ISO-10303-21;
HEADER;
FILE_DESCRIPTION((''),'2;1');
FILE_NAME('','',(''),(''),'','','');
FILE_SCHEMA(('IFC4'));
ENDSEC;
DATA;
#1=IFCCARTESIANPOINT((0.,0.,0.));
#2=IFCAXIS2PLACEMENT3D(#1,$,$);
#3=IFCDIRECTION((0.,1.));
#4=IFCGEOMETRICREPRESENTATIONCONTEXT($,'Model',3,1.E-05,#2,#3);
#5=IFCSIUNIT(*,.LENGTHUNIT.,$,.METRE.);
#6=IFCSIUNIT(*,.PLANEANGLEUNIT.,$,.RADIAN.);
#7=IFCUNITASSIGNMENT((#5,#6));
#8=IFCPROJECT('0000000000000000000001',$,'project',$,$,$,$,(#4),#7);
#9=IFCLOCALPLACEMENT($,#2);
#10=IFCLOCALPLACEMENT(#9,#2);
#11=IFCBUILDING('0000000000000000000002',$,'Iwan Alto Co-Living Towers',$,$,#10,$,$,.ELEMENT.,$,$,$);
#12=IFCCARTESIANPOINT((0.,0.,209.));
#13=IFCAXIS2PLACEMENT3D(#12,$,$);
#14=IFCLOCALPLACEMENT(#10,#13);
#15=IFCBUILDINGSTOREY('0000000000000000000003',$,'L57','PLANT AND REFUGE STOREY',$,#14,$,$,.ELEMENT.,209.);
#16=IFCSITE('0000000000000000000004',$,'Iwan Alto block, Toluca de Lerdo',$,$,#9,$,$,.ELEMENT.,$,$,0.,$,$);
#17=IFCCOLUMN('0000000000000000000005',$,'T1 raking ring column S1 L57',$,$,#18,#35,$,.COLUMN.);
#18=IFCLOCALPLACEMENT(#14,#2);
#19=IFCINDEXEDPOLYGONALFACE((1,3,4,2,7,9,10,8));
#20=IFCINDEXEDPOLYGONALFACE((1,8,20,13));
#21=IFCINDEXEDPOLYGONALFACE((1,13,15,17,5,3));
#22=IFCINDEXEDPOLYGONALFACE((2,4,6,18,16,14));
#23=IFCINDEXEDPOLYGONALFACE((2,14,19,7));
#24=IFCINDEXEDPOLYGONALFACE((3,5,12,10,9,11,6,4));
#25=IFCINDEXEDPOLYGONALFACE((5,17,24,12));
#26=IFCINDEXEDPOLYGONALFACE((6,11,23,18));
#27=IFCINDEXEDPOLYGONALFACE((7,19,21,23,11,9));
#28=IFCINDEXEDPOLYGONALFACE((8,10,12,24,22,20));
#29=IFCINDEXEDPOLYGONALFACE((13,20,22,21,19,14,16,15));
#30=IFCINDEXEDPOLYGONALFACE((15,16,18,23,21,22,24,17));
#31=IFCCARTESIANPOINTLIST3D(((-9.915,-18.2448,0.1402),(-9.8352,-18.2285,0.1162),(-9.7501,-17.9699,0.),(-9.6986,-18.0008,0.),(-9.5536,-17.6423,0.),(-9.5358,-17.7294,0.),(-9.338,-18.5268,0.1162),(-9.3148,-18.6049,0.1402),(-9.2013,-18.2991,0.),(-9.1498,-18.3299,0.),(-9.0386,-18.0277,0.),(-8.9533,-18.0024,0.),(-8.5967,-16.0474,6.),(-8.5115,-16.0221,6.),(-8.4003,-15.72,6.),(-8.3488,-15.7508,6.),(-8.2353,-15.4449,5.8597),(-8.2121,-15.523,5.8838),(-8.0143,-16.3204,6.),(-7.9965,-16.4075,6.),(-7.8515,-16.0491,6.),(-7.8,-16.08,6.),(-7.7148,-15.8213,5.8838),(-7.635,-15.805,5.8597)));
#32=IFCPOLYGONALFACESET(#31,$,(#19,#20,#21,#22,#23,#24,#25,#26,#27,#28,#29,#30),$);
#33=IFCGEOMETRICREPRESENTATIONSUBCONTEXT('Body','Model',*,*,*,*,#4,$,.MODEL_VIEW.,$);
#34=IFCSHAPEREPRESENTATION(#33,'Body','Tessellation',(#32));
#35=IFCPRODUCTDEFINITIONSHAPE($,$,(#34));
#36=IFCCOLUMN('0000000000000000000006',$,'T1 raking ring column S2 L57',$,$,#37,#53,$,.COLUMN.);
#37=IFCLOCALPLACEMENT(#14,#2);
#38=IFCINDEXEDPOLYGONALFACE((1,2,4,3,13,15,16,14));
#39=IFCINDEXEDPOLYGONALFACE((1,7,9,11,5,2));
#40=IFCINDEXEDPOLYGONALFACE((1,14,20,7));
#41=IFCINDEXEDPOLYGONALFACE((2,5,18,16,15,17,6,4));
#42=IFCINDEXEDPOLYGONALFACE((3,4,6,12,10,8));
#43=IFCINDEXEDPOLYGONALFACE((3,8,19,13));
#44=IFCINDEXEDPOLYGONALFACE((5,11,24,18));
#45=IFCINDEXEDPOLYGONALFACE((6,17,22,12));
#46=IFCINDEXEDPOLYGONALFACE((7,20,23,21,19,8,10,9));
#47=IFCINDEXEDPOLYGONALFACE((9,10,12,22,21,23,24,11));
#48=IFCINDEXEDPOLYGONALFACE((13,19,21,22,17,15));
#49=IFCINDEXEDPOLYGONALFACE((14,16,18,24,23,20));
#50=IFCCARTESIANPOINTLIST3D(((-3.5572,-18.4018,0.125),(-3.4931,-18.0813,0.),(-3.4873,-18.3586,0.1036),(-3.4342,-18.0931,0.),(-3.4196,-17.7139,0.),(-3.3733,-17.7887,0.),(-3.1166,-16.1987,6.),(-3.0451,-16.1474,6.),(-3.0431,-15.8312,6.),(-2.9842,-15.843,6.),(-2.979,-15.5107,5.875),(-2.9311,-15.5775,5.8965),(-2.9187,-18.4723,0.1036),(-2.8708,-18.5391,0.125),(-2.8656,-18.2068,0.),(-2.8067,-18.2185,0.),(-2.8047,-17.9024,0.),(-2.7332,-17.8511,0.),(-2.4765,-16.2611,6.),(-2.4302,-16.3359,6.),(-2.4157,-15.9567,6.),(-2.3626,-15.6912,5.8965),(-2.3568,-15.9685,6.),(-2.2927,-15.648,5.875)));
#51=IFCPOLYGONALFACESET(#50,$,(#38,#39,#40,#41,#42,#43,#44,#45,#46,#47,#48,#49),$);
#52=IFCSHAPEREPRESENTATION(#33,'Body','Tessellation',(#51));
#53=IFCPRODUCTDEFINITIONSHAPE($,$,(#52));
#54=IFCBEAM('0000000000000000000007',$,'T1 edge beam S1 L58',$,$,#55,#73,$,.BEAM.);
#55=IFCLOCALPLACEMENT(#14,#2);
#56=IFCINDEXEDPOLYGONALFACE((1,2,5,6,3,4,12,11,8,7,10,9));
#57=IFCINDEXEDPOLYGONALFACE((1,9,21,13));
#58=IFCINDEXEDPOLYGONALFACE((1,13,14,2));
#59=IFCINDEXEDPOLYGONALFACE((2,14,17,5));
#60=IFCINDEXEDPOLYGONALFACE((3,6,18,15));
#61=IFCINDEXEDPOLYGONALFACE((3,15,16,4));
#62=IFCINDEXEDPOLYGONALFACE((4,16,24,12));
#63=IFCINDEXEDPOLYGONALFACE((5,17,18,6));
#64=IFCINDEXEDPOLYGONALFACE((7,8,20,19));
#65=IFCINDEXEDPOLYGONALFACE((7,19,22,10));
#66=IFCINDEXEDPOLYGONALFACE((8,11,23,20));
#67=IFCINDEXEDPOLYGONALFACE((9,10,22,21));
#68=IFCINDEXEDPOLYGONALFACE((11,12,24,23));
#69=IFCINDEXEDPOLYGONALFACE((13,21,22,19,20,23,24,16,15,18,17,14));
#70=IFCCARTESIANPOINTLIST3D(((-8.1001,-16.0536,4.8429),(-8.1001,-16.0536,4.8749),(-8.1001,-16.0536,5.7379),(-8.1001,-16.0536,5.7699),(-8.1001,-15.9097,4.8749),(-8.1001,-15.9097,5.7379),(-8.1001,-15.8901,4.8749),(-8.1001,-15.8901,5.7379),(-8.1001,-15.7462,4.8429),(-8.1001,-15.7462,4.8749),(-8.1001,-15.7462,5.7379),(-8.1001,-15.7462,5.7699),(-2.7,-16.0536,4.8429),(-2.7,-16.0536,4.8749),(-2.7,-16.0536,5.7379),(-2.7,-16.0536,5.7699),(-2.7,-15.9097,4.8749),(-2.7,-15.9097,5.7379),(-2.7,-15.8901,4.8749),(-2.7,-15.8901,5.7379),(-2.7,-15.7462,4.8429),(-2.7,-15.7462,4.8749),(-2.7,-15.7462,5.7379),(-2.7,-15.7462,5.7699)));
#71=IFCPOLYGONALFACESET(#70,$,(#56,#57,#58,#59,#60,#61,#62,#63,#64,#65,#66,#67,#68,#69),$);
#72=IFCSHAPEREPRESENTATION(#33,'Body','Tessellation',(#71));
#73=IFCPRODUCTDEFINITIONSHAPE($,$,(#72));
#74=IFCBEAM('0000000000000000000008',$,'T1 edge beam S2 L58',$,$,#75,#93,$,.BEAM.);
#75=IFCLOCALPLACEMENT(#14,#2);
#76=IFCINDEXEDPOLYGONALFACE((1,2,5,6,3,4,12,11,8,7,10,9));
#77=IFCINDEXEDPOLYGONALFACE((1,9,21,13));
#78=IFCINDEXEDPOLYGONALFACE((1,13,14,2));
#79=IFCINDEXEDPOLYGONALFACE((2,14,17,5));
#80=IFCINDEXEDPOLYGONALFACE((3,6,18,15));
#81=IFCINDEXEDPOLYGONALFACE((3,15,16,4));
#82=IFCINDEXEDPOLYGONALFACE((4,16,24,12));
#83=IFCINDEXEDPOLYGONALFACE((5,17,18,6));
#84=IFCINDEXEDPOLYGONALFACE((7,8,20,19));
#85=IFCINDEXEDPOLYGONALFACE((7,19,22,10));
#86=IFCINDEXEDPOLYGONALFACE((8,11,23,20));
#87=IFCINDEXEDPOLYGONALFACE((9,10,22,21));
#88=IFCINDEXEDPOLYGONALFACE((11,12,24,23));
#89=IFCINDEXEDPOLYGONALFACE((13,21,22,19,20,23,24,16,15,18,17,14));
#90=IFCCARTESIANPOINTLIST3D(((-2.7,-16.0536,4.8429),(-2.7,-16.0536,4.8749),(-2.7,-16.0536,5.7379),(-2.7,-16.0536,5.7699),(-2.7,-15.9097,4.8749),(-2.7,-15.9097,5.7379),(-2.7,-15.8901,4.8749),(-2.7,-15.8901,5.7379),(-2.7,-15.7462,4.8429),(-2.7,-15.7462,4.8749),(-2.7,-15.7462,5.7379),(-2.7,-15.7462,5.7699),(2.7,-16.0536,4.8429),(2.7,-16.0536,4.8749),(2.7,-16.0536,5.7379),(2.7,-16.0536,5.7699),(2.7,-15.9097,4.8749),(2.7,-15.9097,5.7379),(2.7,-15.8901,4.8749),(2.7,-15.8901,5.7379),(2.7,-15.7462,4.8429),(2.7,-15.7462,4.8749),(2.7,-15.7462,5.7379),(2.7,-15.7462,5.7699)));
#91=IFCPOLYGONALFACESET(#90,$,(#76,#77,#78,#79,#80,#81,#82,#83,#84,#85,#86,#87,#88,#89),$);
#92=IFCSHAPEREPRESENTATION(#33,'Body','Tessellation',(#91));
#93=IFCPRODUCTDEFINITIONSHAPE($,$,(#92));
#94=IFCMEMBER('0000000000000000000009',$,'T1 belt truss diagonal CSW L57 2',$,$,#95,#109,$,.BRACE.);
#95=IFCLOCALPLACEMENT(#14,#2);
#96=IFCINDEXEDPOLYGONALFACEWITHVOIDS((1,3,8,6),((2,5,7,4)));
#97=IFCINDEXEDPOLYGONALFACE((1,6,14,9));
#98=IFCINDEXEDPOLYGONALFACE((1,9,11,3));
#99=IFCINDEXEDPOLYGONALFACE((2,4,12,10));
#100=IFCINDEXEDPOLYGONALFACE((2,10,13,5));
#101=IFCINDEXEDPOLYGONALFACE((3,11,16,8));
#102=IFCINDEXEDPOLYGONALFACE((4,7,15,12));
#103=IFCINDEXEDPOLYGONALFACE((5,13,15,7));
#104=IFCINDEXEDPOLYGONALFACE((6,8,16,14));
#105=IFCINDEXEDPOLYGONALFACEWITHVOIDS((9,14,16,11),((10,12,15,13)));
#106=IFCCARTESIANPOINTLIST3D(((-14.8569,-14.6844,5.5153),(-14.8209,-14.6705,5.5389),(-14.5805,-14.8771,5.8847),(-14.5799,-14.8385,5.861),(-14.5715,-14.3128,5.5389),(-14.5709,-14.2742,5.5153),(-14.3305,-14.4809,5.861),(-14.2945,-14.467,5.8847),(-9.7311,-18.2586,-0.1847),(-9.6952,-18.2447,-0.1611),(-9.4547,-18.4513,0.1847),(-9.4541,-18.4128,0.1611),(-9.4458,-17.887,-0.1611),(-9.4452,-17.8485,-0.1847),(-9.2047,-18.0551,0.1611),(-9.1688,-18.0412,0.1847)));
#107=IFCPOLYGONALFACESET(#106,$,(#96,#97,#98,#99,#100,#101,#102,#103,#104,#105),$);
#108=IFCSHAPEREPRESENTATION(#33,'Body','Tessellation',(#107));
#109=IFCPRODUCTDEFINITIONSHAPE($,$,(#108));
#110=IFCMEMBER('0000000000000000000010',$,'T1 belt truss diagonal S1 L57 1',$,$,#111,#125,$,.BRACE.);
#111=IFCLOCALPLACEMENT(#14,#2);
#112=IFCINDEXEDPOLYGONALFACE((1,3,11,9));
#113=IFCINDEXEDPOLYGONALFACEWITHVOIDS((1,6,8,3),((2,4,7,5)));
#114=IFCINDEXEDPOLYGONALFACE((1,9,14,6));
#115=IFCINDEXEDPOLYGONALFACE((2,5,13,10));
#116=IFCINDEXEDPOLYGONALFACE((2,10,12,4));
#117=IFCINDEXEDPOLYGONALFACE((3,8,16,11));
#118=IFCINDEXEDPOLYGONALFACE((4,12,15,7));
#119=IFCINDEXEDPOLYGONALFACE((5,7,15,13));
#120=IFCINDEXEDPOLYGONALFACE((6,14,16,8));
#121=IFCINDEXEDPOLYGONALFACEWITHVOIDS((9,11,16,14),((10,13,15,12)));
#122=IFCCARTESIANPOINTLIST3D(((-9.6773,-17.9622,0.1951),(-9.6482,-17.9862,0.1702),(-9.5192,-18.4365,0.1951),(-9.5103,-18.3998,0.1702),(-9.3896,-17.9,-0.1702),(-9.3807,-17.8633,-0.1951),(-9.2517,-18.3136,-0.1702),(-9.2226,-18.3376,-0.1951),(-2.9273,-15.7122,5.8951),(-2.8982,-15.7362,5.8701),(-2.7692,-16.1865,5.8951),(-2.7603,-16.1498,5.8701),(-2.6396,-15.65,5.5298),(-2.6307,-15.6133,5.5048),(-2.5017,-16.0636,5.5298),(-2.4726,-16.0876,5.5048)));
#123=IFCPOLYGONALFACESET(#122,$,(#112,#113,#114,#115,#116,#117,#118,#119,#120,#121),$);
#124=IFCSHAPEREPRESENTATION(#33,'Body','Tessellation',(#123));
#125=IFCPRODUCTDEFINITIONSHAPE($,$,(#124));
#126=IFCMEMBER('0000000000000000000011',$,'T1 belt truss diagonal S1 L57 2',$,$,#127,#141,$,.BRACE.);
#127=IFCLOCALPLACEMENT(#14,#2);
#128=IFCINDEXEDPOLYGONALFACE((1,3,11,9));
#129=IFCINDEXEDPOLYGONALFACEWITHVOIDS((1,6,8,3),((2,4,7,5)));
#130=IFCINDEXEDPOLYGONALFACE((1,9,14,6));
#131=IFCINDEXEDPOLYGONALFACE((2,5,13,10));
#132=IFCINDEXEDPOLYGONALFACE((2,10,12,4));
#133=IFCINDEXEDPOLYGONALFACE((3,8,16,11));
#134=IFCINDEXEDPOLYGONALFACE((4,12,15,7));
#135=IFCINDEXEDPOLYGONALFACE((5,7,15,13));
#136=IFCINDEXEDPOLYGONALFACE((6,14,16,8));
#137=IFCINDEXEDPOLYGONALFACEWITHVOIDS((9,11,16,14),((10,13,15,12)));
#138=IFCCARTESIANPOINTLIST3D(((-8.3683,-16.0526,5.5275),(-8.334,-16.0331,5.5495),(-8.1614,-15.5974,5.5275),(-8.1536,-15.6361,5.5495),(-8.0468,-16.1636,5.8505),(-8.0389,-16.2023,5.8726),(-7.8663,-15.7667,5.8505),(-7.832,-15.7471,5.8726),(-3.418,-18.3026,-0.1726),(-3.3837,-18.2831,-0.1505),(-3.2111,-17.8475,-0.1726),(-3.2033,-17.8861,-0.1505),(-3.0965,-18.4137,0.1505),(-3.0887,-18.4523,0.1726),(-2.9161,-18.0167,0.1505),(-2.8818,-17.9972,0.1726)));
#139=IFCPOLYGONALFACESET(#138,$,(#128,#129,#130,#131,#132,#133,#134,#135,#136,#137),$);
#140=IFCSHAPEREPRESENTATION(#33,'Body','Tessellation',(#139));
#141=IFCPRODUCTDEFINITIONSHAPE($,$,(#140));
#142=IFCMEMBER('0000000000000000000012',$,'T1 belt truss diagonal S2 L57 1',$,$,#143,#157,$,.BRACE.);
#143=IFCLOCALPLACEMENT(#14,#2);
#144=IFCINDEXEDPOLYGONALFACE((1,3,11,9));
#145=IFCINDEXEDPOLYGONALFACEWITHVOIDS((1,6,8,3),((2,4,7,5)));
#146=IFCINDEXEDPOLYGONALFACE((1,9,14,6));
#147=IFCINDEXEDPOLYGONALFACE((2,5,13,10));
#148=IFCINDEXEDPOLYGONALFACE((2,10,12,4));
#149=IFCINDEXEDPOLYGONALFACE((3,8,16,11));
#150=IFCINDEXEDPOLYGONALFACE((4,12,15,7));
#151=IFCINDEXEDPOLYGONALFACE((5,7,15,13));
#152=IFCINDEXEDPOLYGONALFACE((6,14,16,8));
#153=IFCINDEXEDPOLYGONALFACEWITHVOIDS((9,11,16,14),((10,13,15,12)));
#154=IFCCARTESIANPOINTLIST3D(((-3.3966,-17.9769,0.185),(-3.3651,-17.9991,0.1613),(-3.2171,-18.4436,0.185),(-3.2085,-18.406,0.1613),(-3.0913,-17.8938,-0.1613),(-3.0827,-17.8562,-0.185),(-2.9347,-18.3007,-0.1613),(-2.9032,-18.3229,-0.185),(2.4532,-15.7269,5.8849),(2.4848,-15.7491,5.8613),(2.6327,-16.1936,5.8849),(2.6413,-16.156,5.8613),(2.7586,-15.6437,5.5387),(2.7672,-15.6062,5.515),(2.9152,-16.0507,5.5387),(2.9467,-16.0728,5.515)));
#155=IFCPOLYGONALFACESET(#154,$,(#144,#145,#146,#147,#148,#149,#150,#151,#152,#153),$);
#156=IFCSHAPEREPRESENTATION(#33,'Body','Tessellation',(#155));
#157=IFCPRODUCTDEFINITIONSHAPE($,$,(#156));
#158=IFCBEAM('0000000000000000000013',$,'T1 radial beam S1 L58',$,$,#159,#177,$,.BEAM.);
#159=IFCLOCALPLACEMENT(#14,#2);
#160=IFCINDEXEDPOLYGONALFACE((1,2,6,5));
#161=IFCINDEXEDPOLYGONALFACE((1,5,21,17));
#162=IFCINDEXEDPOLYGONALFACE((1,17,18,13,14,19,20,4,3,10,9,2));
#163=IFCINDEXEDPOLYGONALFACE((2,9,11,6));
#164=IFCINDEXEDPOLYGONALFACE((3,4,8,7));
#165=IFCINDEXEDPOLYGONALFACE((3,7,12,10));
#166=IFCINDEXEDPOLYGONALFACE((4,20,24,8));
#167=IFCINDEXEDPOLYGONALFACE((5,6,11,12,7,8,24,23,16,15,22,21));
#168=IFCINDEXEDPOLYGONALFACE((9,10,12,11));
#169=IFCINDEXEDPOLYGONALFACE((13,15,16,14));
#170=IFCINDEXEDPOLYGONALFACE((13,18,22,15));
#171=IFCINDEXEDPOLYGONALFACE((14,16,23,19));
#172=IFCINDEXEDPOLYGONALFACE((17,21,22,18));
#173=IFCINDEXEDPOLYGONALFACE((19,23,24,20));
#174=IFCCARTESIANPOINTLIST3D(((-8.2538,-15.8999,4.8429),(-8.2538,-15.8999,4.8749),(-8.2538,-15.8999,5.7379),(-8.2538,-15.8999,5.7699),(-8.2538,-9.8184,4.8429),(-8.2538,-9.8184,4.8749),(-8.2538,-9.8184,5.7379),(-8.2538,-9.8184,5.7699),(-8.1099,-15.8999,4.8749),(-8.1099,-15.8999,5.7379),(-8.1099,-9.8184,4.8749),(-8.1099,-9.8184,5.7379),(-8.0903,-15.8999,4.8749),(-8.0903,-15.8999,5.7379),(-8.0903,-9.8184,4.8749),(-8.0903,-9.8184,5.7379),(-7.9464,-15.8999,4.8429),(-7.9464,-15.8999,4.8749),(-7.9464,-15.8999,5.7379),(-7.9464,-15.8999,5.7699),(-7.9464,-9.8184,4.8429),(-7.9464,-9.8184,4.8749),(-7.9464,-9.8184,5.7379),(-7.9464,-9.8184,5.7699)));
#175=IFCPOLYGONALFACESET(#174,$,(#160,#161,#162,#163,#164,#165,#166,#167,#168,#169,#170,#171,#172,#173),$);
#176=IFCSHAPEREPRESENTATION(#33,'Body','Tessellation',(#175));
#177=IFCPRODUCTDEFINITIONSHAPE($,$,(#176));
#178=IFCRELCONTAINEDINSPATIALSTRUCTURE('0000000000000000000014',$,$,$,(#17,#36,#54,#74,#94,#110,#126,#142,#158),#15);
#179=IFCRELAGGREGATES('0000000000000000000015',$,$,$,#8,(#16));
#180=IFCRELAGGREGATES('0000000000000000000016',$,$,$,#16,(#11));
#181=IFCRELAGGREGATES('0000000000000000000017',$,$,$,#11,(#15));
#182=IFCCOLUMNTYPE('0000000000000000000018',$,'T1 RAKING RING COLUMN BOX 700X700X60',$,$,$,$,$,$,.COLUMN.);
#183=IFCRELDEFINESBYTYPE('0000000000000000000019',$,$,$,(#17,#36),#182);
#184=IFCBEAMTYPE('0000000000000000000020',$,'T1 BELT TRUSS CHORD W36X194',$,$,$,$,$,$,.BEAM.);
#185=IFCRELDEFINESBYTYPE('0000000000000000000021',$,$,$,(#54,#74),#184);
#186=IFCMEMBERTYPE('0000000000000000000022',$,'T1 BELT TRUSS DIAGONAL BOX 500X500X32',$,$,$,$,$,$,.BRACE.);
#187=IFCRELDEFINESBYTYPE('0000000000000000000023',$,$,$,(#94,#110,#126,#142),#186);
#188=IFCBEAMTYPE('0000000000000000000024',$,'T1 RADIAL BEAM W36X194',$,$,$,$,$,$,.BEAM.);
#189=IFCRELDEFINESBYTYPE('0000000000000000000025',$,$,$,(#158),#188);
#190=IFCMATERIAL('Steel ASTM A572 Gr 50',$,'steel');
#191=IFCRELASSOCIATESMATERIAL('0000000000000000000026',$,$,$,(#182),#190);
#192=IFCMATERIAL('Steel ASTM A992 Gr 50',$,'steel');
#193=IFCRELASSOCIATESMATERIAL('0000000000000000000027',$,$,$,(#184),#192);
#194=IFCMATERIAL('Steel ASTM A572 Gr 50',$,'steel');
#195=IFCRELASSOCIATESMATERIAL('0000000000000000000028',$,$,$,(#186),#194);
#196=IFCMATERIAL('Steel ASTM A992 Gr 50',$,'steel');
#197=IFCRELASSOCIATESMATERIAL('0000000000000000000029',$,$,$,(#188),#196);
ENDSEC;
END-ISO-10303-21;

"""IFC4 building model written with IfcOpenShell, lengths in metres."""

from ifc_helpers import new_model, si_unit, direction, frame, origin, origin_2d, place, context, subcontext, project, spatial, hollow_rectangle, i_section, extrude, clip, halfspace, material, material_profile, profile_set, type_object, element, save


model = new_model("IFC4")

# Units and contexts
model_context = context("Model", 3, precision=1e-05, world=origin(), true_north=direction((0.0, 1.0)))
body_context = subcontext(model_context, "Body", "Model", "MODEL_VIEW")
ifc_project = project(units=[si_unit("LENGTHUNIT", "METRE"), si_unit("PLANEANGLEUNIT", "RADIAN")], contexts=[model_context])

# Site, building, storey
site_placement = place(None, origin())
site = spatial("IfcSite", under=ifc_project, at=site_placement, Name="Iwan Alto block, Toluca de Lerdo", CompositionType="ELEMENT", RefElevation=0.0)
building_placement = place(site_placement, origin())
building = spatial("IfcBuilding", under=site, at=building_placement, Name="Iwan Alto Co-Living Towers", CompositionType="ELEMENT")
storey_placement = place(building_placement, frame((0.0, 0.0, 209.0)))
storey = spatial("IfcBuildingStorey", under=building, at=storey_placement, Name="L57", Description="PLANT AND REFUGE STOREY", CompositionType="ELEMENT", Elevation=209.0)

# Columns
ifc_material_1 = material(Name="Steel ASTM A572 Gr 50", Category="steel")
ifc_material_profile_1 = material_profile(ifc_material_1, hollow_rectangle(XDim=0.7, YDim=0.7, WallThickness=0.0601, at=origin_2d()), Name="BOX 700X700X60")
ifc_profile_set_1 = profile_set([ifc_material_profile_1], Name="Steel ASTM A572 Gr 50")
column_type = type_object("IfcColumnType", Name="T1 RAKING RING COLUMN BOX 700X700X60", PredefinedType="COLUMN", material=ifc_profile_set_1)
column_1_placement = place(storey_placement, frame((-9.45, -18.1499, 0.0), z_axis=(0.206128, 0.343583, 0.916222), x_axis=(-0.857518, 0.514455, 0.0)))
element("IfcColumn", 1, at=column_1_placement, inside=storey, type_object=column_type, Name="T1 raking ring column S1 L57", PredefinedType="COLUMN", context=body_context, shape_type="Clipping", body=[
    clip(clip(extrude(hollow_rectangle(XDim=0.7, YDim=0.7, WallThickness=0.0601, at=origin_2d()), origin(), (0.0, 0.0, 1.0), 6.5486), halfspace(frame((0.0, 0.0, 0.0), z_axis=(0.0, -0.400672, -0.916222), x_axis=(-0.857518, -0.471355, 0.206128)), False)), halfspace(frame((0.0, 2.4041, 5.4973), z_axis=(0.0, 0.400672, 0.916222), x_axis=(-0.857518, -0.471355, 0.206128)), False)),
])
column_2_placement = place(storey_placement, frame((-3.1499, -18.1499, 0.0), z_axis=(0.070045, 0.350261, 0.934029), x_axis=(-0.980585, 0.196096, 0.0)))
element("IfcColumn", 2, at=column_2_placement, inside=storey, type_object=column_type, Name="T1 raking ring column S2 L57", PredefinedType="COLUMN", context=body_context, shape_type="Clipping", body=[
    clip(clip(extrude(hollow_rectangle(XDim=0.7, YDim=0.7, WallThickness=0.0601, at=origin_2d()), origin(), (0.0, 0.0, 1.0), 6.4238), halfspace(frame((0.0, 0.0, 0.0), z_axis=(0.0, -0.357196, -0.934029), x_axis=(-0.980585, -0.183159, 0.070045)), False)), halfspace(frame((0.0, 2.1431, 5.6042), z_axis=(0.0, 0.357196, 0.934029), x_axis=(-0.980585, -0.183159, 0.070045)), False)),
])

# Beams
ifc_material_2 = material(Name="Steel ASTM A992 Gr 50", Category="steel")
ifc_material_profile_2 = material_profile(ifc_material_2, i_section(OverallWidth=0.3074, OverallDepth=0.927, WebThickness=0.0195, FlangeThickness=0.032, at=origin_2d()), Name="W36X194")
ifc_profile_set_2 = profile_set([ifc_material_profile_2], Name="Steel ASTM A992 Gr 50")
beam_type_1 = type_object("IfcBeamType", Name="T1 BELT TRUSS CHORD W36X194", PredefinedType="BEAM", material=ifc_profile_set_2)
beam_1_placement = place(storey_placement, frame((-8.1001, -15.8999, 5.3064), z_axis=(1.0, 0.0, 0.0), x_axis=(0.0, 1.0, 0.0)))
element("IfcBeam", 3, at=beam_1_placement, inside=storey, type_object=beam_type_1, Name="T1 edge beam S1 L58", PredefinedType="BEAM", context=body_context, shape_type="SweptSolid", body=[
    extrude(i_section(OverallWidth=0.3074, OverallDepth=0.927, WebThickness=0.0195, FlangeThickness=0.032, at=origin_2d()), origin(), (0.0, 0.0, 1.0), 5.4001),
])
beam_2_placement = place(storey_placement, frame((-2.7, -15.8999, 5.3064), z_axis=(1.0, 0.0, 0.0), x_axis=(0.0, 1.0, 0.0)))
element("IfcBeam", 4, at=beam_2_placement, inside=storey, type_object=beam_type_1, Name="T1 edge beam S2 L58", PredefinedType="BEAM", context=body_context, shape_type="SweptSolid", body=[
    extrude(i_section(OverallWidth=0.3074, OverallDepth=0.927, WebThickness=0.0195, FlangeThickness=0.032, at=origin_2d()), origin(), (0.0, 0.0, 1.0), 5.3999),
])

# Members
ifc_material_3 = material(Name="Steel ASTM A572 Gr 50", Category="steel")
ifc_material_profile_3 = material_profile(ifc_material_3, hollow_rectangle(XDim=0.5, YDim=0.5, WallThickness=0.032, at=origin_2d()), Name="BOX 500X500X32")
ifc_profile_set_3 = profile_set([ifc_material_profile_3], Name="Steel ASTM A572 Gr 50")
member_type = type_object("IfcMemberType", Name="T1 BELT TRUSS DIAGONAL BOX 500X500X32", PredefinedType="BRACE", material=ifc_profile_set_3)
member_1_placement = place(storey_placement, frame((-9.45, -18.1499, 0.0), z_axis=(-0.606022, 0.422585, 0.673913), x_axis=(-0.57198, -0.820268, 0.0)))
element("IfcMember", 5, at=member_1_placement, inside=storey, type_object=member_type, Name="T1 belt truss diagonal CSW L57 2", PredefinedType="BRACE", context=body_context, shape_type="SweptSolid", body=[
    extrude(hollow_rectangle(XDim=0.5, YDim=0.5, WallThickness=0.032, at=origin_2d()), origin(), (0.0, 0.0, 1.0), 8.458),
])
member_2_placement = place(storey_placement, frame((-9.45, -18.1499, 0.0), z_axis=(0.740398, 0.246799, 0.62522), x_axis=(-0.316228, 0.948683, 0.0)))
element("IfcMember", 6, at=member_2_placement, inside=storey, type_object=member_type, Name="T1 belt truss diagonal S1 L57 1", PredefinedType="BRACE", context=body_context, shape_type="SweptSolid", body=[
    extrude(hollow_rectangle(XDim=0.5, YDim=0.5, WallThickness=0.032, at=origin_2d()), origin(), (0.0, 0.0, 1.0), 9.1167),
])
member_3_placement = place(storey_placement, frame((-3.1499, -18.1499, 0.0), z_axis=(-0.62839, 0.28562, 0.723566), x_axis=(-0.413789, -0.910373, 0.0)))
element("IfcMember", 7, at=member_3_placement, inside=storey, type_object=member_type, Name="T1 belt truss diagonal S1 L57 2", PredefinedType="BRACE", context=body_context, shape_type="SweptSolid", body=[
    extrude(hollow_rectangle(XDim=0.5, YDim=0.5, WallThickness=0.032, at=origin_2d()), origin(), (0.0, 0.0, 1.0), 7.8777),
])
member_4_placement = place(storey_placement, frame((-3.1499, -18.1499, 0.0), z_axis=(0.690503, 0.265585, 0.672808), x_axis=(-0.358987, 0.933343, 0.0)))
element("IfcMember", 8, at=member_4_placement, inside=storey, type_object=member_type, Name="T1 belt truss diagonal S2 L57 1", PredefinedType="BRACE", context=body_context, shape_type="SweptSolid", body=[
    extrude(hollow_rectangle(XDim=0.5, YDim=0.5, WallThickness=0.032, at=origin_2d()), origin(), (0.0, 0.0, 1.0), 8.4719),
])

# Beam
ifc_material_4 = material(Name="Steel ASTM A992 Gr 50", Category="steel")
ifc_material_profile_4 = material_profile(ifc_material_4, i_section(OverallWidth=0.3074, OverallDepth=0.927, WebThickness=0.0195, FlangeThickness=0.032, at=origin_2d()), Name="W36X194")
ifc_profile_set_4 = profile_set([ifc_material_profile_4], Name="Steel ASTM A992 Gr 50")
beam_type_2 = type_object("IfcBeamType", Name="T1 RADIAL BEAM W36X194", PredefinedType="BEAM", material=ifc_profile_set_4)
for number, where, z_axis, x_axis, name in (
    (9, (-8.1001, -15.8999, 5.3064), (0.0, 1.0, 0.0), (-1.0, 0.0, 0.0), "T1 radial beam S1 L58"),
):
    element("IfcBeam", number, at=place(storey_placement, frame(where, z_axis=z_axis, x_axis=x_axis)), inside=storey, type_object=beam_type_2, Name=name, PredefinedType="BEAM", context=body_context, shape_type="SweptSolid", body=[
        extrude(i_section(OverallWidth=0.3074, OverallDepth=0.927, WebThickness=0.0195, FlangeThickness=0.032, at=origin_2d()), origin(), (0.0, 0.0, 1.0), 6.0815),
    ])

save(model, "model.ifc")
